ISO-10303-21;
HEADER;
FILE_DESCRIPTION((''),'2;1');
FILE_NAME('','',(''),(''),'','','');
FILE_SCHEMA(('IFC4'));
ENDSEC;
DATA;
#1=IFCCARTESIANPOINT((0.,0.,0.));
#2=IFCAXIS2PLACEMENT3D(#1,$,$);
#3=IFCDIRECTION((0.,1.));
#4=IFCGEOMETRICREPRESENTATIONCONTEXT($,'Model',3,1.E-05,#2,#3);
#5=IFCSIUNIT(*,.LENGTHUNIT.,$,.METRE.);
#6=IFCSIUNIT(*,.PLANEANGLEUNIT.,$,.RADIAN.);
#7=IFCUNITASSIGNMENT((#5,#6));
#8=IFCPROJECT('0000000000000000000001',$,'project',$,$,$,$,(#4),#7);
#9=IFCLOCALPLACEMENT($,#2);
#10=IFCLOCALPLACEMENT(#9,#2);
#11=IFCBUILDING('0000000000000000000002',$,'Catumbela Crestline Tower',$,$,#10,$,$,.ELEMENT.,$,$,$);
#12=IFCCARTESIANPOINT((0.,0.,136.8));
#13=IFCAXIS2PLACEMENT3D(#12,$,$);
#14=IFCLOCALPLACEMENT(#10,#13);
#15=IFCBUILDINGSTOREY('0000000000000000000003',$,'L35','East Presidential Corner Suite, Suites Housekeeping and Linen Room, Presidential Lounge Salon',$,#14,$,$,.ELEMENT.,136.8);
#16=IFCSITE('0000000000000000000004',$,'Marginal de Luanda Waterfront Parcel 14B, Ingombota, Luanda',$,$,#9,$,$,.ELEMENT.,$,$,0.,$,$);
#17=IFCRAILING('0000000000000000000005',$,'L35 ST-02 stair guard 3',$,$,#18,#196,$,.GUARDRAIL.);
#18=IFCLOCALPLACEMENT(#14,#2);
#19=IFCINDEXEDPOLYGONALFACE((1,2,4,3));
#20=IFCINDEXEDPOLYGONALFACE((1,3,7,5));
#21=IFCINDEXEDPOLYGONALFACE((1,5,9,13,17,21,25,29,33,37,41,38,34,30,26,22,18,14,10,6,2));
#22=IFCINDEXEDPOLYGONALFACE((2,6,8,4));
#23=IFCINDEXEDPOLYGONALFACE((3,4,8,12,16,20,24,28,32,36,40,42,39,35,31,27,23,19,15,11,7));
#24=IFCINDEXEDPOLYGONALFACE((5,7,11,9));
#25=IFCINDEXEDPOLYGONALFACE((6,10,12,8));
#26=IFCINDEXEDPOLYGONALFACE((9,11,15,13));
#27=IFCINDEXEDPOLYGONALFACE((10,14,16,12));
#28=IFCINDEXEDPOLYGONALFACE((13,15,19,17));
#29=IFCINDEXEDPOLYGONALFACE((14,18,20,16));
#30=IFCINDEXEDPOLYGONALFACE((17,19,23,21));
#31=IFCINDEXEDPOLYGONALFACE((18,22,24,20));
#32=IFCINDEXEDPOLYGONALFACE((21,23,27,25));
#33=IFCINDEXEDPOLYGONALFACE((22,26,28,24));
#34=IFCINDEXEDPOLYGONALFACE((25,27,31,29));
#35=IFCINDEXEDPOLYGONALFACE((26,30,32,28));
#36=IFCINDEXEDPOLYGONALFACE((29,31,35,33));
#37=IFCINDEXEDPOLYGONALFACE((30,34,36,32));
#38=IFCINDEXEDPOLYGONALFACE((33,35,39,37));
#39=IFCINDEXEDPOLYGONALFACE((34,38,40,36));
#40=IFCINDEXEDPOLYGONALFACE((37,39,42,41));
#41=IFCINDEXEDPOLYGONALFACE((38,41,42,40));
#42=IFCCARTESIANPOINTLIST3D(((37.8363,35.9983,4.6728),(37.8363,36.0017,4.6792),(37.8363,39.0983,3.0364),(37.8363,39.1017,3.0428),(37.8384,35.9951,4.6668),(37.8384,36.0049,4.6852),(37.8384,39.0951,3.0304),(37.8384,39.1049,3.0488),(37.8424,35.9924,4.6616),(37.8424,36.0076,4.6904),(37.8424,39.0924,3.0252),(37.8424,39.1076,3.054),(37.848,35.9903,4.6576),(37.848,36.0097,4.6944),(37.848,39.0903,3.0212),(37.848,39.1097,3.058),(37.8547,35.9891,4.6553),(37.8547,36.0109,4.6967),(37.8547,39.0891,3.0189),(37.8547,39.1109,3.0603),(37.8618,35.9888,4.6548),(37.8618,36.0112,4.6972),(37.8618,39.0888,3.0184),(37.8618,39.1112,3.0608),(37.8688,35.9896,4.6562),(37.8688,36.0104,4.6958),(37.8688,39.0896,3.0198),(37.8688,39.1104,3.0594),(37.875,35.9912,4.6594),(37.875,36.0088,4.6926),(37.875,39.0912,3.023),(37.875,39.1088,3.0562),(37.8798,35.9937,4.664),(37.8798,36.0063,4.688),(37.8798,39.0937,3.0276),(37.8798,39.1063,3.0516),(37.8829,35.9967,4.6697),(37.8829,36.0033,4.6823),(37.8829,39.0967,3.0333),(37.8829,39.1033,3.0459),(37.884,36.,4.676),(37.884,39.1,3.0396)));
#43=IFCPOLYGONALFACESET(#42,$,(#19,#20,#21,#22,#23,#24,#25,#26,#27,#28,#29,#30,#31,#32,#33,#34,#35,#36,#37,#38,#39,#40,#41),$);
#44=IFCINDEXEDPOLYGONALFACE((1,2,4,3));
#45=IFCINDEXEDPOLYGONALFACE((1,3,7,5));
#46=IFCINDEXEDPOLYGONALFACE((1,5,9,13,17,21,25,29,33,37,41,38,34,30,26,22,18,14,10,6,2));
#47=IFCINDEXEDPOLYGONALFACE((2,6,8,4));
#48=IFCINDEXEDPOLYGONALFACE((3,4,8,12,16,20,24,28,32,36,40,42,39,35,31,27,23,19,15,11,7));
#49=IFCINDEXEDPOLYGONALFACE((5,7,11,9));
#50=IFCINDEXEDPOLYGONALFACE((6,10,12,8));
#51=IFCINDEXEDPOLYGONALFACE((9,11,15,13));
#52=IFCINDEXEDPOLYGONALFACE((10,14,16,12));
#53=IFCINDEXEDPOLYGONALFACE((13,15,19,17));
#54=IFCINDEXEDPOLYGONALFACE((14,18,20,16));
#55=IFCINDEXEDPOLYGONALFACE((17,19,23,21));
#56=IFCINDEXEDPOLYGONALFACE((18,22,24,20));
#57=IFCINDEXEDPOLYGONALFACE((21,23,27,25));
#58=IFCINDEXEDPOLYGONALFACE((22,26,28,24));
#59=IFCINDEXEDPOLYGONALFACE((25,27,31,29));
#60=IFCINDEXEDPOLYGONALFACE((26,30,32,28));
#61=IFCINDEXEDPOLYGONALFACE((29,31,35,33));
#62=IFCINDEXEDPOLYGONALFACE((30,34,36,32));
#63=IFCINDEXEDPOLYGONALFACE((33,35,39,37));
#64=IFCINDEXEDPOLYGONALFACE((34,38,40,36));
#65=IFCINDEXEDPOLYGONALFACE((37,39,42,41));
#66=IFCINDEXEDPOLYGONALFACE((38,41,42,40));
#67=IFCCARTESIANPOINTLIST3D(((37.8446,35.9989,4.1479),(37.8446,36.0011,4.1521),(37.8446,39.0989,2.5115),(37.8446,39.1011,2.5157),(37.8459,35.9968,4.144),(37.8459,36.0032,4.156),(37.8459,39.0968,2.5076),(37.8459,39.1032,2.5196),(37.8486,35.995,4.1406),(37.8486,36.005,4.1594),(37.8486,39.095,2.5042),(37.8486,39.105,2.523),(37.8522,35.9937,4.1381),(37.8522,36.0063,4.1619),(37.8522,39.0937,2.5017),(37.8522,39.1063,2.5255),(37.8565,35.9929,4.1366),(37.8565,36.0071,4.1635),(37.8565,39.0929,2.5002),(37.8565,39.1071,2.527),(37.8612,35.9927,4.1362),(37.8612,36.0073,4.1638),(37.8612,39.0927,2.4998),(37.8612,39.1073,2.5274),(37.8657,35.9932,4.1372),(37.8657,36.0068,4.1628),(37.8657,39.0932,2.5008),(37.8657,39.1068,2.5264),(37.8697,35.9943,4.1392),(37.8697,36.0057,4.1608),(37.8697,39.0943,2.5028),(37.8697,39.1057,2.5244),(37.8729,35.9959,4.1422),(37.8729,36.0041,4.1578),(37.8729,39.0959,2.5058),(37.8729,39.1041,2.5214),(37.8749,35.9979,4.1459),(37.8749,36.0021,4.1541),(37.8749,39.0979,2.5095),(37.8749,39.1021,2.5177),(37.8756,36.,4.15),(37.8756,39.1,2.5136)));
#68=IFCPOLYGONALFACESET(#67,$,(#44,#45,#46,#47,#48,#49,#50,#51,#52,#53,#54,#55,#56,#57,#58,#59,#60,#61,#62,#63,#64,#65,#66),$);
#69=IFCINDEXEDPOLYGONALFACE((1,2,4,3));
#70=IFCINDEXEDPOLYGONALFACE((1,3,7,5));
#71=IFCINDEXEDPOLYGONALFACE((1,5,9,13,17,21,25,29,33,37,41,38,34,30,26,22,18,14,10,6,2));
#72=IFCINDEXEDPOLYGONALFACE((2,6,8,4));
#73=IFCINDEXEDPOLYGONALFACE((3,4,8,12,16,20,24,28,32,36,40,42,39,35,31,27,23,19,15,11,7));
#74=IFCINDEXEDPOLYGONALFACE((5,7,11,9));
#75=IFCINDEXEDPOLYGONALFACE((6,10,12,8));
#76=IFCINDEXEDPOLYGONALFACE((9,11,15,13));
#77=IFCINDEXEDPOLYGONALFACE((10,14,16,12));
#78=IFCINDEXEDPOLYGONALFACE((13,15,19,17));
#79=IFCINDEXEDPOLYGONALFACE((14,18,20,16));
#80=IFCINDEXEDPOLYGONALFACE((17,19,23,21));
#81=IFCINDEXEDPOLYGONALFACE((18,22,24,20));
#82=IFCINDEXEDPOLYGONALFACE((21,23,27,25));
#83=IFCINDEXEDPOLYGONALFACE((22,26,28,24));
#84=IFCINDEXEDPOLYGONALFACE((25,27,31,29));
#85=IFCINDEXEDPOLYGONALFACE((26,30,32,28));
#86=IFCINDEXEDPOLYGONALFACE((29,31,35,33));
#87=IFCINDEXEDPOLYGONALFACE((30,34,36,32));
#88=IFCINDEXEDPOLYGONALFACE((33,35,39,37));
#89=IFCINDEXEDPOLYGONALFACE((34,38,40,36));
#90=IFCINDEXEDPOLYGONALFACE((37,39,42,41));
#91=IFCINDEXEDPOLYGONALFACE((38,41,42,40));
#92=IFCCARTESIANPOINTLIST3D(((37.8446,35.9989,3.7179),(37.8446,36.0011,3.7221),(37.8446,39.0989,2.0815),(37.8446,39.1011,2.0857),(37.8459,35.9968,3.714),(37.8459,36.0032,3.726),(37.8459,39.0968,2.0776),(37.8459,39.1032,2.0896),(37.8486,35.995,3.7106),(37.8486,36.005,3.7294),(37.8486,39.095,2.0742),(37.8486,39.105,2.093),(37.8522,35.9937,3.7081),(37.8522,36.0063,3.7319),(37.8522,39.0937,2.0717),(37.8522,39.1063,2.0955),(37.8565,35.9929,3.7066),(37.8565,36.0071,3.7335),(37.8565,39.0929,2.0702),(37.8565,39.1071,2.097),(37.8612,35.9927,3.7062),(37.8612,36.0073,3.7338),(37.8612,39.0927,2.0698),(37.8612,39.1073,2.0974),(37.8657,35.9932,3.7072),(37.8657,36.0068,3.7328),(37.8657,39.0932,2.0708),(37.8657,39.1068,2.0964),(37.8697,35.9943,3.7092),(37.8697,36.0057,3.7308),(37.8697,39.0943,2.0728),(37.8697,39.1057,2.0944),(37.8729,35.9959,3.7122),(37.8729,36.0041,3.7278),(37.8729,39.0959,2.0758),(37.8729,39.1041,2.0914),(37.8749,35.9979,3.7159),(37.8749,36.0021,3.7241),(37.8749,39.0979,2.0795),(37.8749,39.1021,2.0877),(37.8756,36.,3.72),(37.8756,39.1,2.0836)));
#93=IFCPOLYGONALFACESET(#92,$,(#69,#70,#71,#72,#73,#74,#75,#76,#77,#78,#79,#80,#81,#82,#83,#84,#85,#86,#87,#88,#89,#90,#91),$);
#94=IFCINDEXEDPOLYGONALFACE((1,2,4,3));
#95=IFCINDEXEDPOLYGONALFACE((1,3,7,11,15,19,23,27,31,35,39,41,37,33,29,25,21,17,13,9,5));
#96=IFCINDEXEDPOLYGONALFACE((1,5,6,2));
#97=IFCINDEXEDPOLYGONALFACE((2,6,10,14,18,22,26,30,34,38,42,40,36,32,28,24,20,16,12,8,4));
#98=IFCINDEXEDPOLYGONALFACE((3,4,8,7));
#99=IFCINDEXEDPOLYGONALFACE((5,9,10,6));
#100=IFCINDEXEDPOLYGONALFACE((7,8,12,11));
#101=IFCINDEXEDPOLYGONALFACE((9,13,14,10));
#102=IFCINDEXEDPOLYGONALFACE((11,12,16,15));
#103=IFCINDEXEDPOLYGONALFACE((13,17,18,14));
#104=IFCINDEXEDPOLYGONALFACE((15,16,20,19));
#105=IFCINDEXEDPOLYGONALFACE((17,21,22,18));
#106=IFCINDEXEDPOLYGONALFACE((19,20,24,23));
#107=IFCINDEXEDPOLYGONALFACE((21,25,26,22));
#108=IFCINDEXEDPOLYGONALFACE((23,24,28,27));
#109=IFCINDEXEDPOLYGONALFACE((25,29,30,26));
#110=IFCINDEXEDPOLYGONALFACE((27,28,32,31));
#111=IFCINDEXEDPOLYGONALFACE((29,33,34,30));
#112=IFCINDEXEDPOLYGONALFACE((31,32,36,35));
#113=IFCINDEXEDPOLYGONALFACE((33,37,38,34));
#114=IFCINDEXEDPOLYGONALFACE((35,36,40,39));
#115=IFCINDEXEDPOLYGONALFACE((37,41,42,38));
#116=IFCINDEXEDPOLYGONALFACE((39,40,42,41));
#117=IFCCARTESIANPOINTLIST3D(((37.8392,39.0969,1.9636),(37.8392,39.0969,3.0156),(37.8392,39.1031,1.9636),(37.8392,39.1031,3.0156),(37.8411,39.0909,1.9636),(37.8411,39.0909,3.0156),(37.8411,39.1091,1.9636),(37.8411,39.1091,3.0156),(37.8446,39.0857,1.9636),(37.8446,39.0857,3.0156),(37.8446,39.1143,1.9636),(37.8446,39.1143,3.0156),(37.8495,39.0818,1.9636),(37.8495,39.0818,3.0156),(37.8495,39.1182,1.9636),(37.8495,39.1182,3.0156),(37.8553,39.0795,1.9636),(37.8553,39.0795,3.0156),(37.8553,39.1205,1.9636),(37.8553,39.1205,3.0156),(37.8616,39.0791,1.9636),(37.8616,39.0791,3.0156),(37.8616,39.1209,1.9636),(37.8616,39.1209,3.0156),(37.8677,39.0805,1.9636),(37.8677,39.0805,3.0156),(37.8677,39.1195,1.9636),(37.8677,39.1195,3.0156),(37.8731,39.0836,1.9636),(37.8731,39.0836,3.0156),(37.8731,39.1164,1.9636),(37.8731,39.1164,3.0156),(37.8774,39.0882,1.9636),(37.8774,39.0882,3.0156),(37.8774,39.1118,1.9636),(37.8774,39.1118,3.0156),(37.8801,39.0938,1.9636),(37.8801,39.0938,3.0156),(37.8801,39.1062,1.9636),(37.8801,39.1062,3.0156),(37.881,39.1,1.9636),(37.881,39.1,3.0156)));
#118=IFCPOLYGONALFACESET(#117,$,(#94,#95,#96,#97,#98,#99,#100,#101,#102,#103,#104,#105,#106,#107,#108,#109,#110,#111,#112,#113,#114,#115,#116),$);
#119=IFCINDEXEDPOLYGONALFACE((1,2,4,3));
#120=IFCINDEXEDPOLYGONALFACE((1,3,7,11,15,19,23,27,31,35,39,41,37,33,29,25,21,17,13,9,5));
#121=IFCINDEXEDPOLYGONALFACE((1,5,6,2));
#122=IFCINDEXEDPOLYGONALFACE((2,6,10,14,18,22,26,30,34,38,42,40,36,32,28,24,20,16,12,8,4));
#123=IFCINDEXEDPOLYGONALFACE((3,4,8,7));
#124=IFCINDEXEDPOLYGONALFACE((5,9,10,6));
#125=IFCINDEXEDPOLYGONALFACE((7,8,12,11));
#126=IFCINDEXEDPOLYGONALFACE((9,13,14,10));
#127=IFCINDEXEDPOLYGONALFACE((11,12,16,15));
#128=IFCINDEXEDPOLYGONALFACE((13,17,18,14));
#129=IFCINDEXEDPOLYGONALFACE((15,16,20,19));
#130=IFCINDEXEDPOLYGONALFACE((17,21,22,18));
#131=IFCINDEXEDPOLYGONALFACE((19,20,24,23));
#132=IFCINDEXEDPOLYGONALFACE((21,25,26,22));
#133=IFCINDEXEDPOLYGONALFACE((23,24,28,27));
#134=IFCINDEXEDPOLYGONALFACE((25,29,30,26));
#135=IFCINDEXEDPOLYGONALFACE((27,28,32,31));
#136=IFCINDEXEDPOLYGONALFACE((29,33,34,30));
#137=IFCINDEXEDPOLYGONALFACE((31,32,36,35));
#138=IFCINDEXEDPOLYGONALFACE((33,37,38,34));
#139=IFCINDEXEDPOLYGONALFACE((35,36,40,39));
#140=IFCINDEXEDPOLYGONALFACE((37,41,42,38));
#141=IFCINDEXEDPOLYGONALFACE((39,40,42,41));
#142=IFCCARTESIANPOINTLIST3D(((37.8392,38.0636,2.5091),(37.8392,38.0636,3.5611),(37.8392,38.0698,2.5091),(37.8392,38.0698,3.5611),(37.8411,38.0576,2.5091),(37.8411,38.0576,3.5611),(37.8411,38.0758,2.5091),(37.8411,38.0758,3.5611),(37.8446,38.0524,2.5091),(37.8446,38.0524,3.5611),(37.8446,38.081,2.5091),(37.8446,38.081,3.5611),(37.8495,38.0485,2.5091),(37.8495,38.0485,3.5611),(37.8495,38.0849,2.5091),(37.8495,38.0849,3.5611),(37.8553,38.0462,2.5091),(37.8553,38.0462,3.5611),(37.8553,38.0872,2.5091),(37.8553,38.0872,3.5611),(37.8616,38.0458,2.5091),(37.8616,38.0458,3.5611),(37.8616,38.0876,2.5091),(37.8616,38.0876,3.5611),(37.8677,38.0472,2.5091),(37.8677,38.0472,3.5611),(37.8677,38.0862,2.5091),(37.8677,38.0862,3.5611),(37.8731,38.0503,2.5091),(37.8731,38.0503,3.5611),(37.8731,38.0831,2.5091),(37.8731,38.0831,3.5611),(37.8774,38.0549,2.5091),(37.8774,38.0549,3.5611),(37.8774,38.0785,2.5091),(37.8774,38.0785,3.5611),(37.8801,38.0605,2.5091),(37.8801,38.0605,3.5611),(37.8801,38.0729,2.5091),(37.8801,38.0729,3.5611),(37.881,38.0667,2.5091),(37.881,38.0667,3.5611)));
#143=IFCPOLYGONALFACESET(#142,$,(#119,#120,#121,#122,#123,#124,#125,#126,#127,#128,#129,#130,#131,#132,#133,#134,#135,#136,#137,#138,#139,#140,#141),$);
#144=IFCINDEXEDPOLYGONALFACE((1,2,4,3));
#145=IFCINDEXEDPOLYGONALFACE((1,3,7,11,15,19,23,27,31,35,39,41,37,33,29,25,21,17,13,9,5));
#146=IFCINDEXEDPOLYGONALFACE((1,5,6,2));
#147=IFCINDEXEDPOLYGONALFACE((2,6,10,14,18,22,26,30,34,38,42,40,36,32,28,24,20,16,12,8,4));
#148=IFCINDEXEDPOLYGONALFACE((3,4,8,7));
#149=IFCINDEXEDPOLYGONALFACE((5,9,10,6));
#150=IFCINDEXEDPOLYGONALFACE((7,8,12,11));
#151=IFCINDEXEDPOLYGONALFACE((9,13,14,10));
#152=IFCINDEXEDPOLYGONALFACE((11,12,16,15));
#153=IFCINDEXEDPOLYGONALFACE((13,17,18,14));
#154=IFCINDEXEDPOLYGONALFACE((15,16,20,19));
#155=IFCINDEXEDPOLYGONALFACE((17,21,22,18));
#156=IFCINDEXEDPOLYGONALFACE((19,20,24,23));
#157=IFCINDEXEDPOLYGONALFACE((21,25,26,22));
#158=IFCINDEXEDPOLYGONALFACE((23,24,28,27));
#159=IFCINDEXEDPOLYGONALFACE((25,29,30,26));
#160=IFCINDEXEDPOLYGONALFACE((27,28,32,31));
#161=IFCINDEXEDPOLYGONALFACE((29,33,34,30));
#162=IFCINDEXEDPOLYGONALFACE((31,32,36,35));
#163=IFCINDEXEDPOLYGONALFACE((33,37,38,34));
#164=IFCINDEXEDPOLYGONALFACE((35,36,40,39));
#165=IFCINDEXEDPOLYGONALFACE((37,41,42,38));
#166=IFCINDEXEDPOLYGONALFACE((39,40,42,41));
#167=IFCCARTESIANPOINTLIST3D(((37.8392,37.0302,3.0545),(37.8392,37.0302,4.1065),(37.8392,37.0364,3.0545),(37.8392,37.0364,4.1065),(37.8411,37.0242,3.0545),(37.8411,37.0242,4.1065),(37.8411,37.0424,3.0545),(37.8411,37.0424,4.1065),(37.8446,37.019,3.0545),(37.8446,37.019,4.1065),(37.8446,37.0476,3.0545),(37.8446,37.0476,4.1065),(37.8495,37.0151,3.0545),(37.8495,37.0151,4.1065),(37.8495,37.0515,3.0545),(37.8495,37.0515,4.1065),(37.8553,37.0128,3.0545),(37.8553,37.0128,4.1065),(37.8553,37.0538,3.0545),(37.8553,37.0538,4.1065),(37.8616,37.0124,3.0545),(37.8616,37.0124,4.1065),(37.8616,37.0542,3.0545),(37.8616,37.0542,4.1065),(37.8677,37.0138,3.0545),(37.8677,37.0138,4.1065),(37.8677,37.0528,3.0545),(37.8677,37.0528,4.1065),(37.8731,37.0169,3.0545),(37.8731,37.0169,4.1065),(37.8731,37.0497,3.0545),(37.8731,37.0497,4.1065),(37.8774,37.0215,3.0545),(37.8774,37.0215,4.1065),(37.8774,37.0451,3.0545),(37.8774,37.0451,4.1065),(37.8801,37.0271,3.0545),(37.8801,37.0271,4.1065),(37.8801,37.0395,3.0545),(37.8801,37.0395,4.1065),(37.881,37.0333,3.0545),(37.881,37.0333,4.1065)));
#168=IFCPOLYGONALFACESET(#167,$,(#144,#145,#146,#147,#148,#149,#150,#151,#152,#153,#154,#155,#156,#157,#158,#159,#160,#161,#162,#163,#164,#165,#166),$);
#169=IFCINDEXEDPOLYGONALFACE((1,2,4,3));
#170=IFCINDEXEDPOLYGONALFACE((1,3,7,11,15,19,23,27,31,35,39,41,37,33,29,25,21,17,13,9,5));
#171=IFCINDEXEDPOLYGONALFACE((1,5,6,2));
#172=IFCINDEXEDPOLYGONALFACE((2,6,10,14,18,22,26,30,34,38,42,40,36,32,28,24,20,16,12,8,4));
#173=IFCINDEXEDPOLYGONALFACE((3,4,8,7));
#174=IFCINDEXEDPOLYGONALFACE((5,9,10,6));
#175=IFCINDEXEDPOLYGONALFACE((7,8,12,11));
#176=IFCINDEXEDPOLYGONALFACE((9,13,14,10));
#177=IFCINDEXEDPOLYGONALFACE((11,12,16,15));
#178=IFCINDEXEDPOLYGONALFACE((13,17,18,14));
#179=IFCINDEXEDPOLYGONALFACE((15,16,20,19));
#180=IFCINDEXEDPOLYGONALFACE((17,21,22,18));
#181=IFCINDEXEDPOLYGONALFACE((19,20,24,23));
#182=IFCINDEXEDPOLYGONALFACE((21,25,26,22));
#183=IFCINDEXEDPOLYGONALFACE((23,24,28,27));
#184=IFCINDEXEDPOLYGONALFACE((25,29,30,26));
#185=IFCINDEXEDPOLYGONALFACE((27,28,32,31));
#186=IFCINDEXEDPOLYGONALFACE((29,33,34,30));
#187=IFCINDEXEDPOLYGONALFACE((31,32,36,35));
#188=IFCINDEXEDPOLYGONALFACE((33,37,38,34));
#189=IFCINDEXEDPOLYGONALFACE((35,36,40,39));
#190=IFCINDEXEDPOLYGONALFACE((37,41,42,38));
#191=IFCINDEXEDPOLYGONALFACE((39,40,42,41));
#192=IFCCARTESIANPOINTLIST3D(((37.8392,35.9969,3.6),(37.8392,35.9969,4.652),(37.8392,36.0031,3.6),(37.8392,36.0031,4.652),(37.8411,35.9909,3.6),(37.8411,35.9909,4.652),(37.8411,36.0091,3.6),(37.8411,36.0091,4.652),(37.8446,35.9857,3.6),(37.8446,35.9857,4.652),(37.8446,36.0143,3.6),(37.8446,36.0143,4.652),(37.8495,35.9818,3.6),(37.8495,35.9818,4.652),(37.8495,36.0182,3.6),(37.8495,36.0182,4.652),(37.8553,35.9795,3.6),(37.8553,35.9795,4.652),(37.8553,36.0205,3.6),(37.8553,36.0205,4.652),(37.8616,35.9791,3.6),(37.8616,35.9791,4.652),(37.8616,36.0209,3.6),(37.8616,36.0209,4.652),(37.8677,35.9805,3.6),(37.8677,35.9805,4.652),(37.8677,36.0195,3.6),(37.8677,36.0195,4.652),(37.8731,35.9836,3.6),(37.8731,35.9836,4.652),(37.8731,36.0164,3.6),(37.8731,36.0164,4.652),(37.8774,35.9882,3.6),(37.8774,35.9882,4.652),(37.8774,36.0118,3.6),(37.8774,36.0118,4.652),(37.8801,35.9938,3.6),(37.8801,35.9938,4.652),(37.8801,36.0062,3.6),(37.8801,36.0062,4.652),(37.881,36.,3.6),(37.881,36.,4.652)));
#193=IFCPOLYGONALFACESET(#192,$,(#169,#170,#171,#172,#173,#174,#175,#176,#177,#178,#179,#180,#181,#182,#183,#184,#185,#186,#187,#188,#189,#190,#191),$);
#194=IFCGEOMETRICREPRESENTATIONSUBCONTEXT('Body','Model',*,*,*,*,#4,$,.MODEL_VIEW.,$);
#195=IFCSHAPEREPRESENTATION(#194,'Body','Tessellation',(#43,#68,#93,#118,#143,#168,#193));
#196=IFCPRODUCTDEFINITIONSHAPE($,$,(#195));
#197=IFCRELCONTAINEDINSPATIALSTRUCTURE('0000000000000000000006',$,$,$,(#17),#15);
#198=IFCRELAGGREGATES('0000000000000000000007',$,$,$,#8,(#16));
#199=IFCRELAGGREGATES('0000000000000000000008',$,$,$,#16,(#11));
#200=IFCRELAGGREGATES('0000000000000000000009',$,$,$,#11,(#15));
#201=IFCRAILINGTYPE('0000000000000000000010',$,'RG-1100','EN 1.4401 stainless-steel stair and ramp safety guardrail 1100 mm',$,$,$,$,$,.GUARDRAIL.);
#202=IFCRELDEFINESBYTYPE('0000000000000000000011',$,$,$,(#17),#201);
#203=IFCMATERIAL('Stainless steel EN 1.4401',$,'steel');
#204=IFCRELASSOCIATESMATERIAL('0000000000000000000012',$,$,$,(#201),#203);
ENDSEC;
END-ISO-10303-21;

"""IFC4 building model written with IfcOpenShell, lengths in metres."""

from ifc_helpers import new_model, si_unit, direction, frame, origin, origin_2d, place, context, subcontext, project, spatial, circle, extrude, material, type_object, element, save


model = new_model("IFC4")

# Units and contexts
model_context = context("Model", 3, precision=1e-05, world=origin(), true_north=direction((0.0, 1.0)))
body_context = subcontext(model_context, "Body", "Model", "MODEL_VIEW")
ifc_project = project(units=[si_unit("LENGTHUNIT", "METRE"), si_unit("PLANEANGLEUNIT", "RADIAN")], contexts=[model_context])

# Site, building, storey
site_placement = place(None, origin())
site = spatial("IfcSite", under=ifc_project, at=site_placement, Name="Marginal de Luanda Waterfront Parcel 14B, Ingombota, Luanda", CompositionType="ELEMENT", RefElevation=0.0)
building_placement = place(site_placement, origin())
building = spatial("IfcBuilding", under=site, at=building_placement, Name="Catumbela Crestline Tower", CompositionType="ELEMENT")
storey_placement = place(building_placement, frame((0.0, 0.0, 136.8)))
storey = spatial("IfcBuildingStorey", under=building, at=storey_placement, Name="L35", Description="East Presidential Corner Suite, Suites Housekeeping and Linen Room, Presidential Lounge Salon", CompositionType="ELEMENT", Elevation=136.8)

# Shared definitions
ifc_material_1 = material(Name="Stainless steel EN 1.4401", Category="steel")

# Railing
railing_type_1 = type_object("IfcRailingType", Name="RG-1100", Description="EN 1.4401 stainless-steel stair and ramp safety guardrail 1100 mm", PredefinedType="GUARDRAIL", material=ifc_material_1)
railing_1_placement = place(storey_placement, frame((37.86, 39.1, 1.9636)))
element("IfcRailing", 1, at=railing_1_placement, inside=storey, type_object=railing_type_1, Name="L35 ST-02 stair guard 3", PredefinedType="GUARDRAIL", context=body_context, shape_type="SweptSolid", body=[
    extrude(circle(Radius=0.024, at=origin_2d()), frame((0.0, 0.0, 1.076), z_axis=(0.0, -0.884351, 0.466823), x_axis=(1.0, 0.0, 0.0)), (0.0, 0.0, 1.0), 3.5054),
    extrude(circle(Radius=0.0156, at=origin_2d()), frame((0.0, 0.0, 0.55), z_axis=(0.0, -0.884351, 0.466823), x_axis=(1.0, 0.0, 0.0)), (0.0, 0.0, 1.0), 3.5054),
    extrude(circle(Radius=0.0156, at=origin_2d()), frame((0.0, 0.0, 0.12), z_axis=(0.0, -0.884351, 0.466823), x_axis=(1.0, 0.0, 0.0)), (0.0, 0.0, 1.0), 3.5054),
    extrude(circle(Radius=0.021, at=origin_2d()), origin(), (0.0, 0.0, 1.0), 1.052),
    extrude(circle(Radius=0.021, at=origin_2d()), frame((0.0, -1.0333, 0.5455)), (0.0, 0.0, 1.0), 1.052),
    extrude(circle(Radius=0.021, at=origin_2d()), frame((0.0, -2.0667, 1.0909)), (0.0, 0.0, 1.0), 1.052),
    extrude(circle(Radius=0.021, at=origin_2d()), frame((0.0, -3.1, 1.6364)), (0.0, 0.0, 1.0), 1.052),
])

save(model, "model.ifc")
